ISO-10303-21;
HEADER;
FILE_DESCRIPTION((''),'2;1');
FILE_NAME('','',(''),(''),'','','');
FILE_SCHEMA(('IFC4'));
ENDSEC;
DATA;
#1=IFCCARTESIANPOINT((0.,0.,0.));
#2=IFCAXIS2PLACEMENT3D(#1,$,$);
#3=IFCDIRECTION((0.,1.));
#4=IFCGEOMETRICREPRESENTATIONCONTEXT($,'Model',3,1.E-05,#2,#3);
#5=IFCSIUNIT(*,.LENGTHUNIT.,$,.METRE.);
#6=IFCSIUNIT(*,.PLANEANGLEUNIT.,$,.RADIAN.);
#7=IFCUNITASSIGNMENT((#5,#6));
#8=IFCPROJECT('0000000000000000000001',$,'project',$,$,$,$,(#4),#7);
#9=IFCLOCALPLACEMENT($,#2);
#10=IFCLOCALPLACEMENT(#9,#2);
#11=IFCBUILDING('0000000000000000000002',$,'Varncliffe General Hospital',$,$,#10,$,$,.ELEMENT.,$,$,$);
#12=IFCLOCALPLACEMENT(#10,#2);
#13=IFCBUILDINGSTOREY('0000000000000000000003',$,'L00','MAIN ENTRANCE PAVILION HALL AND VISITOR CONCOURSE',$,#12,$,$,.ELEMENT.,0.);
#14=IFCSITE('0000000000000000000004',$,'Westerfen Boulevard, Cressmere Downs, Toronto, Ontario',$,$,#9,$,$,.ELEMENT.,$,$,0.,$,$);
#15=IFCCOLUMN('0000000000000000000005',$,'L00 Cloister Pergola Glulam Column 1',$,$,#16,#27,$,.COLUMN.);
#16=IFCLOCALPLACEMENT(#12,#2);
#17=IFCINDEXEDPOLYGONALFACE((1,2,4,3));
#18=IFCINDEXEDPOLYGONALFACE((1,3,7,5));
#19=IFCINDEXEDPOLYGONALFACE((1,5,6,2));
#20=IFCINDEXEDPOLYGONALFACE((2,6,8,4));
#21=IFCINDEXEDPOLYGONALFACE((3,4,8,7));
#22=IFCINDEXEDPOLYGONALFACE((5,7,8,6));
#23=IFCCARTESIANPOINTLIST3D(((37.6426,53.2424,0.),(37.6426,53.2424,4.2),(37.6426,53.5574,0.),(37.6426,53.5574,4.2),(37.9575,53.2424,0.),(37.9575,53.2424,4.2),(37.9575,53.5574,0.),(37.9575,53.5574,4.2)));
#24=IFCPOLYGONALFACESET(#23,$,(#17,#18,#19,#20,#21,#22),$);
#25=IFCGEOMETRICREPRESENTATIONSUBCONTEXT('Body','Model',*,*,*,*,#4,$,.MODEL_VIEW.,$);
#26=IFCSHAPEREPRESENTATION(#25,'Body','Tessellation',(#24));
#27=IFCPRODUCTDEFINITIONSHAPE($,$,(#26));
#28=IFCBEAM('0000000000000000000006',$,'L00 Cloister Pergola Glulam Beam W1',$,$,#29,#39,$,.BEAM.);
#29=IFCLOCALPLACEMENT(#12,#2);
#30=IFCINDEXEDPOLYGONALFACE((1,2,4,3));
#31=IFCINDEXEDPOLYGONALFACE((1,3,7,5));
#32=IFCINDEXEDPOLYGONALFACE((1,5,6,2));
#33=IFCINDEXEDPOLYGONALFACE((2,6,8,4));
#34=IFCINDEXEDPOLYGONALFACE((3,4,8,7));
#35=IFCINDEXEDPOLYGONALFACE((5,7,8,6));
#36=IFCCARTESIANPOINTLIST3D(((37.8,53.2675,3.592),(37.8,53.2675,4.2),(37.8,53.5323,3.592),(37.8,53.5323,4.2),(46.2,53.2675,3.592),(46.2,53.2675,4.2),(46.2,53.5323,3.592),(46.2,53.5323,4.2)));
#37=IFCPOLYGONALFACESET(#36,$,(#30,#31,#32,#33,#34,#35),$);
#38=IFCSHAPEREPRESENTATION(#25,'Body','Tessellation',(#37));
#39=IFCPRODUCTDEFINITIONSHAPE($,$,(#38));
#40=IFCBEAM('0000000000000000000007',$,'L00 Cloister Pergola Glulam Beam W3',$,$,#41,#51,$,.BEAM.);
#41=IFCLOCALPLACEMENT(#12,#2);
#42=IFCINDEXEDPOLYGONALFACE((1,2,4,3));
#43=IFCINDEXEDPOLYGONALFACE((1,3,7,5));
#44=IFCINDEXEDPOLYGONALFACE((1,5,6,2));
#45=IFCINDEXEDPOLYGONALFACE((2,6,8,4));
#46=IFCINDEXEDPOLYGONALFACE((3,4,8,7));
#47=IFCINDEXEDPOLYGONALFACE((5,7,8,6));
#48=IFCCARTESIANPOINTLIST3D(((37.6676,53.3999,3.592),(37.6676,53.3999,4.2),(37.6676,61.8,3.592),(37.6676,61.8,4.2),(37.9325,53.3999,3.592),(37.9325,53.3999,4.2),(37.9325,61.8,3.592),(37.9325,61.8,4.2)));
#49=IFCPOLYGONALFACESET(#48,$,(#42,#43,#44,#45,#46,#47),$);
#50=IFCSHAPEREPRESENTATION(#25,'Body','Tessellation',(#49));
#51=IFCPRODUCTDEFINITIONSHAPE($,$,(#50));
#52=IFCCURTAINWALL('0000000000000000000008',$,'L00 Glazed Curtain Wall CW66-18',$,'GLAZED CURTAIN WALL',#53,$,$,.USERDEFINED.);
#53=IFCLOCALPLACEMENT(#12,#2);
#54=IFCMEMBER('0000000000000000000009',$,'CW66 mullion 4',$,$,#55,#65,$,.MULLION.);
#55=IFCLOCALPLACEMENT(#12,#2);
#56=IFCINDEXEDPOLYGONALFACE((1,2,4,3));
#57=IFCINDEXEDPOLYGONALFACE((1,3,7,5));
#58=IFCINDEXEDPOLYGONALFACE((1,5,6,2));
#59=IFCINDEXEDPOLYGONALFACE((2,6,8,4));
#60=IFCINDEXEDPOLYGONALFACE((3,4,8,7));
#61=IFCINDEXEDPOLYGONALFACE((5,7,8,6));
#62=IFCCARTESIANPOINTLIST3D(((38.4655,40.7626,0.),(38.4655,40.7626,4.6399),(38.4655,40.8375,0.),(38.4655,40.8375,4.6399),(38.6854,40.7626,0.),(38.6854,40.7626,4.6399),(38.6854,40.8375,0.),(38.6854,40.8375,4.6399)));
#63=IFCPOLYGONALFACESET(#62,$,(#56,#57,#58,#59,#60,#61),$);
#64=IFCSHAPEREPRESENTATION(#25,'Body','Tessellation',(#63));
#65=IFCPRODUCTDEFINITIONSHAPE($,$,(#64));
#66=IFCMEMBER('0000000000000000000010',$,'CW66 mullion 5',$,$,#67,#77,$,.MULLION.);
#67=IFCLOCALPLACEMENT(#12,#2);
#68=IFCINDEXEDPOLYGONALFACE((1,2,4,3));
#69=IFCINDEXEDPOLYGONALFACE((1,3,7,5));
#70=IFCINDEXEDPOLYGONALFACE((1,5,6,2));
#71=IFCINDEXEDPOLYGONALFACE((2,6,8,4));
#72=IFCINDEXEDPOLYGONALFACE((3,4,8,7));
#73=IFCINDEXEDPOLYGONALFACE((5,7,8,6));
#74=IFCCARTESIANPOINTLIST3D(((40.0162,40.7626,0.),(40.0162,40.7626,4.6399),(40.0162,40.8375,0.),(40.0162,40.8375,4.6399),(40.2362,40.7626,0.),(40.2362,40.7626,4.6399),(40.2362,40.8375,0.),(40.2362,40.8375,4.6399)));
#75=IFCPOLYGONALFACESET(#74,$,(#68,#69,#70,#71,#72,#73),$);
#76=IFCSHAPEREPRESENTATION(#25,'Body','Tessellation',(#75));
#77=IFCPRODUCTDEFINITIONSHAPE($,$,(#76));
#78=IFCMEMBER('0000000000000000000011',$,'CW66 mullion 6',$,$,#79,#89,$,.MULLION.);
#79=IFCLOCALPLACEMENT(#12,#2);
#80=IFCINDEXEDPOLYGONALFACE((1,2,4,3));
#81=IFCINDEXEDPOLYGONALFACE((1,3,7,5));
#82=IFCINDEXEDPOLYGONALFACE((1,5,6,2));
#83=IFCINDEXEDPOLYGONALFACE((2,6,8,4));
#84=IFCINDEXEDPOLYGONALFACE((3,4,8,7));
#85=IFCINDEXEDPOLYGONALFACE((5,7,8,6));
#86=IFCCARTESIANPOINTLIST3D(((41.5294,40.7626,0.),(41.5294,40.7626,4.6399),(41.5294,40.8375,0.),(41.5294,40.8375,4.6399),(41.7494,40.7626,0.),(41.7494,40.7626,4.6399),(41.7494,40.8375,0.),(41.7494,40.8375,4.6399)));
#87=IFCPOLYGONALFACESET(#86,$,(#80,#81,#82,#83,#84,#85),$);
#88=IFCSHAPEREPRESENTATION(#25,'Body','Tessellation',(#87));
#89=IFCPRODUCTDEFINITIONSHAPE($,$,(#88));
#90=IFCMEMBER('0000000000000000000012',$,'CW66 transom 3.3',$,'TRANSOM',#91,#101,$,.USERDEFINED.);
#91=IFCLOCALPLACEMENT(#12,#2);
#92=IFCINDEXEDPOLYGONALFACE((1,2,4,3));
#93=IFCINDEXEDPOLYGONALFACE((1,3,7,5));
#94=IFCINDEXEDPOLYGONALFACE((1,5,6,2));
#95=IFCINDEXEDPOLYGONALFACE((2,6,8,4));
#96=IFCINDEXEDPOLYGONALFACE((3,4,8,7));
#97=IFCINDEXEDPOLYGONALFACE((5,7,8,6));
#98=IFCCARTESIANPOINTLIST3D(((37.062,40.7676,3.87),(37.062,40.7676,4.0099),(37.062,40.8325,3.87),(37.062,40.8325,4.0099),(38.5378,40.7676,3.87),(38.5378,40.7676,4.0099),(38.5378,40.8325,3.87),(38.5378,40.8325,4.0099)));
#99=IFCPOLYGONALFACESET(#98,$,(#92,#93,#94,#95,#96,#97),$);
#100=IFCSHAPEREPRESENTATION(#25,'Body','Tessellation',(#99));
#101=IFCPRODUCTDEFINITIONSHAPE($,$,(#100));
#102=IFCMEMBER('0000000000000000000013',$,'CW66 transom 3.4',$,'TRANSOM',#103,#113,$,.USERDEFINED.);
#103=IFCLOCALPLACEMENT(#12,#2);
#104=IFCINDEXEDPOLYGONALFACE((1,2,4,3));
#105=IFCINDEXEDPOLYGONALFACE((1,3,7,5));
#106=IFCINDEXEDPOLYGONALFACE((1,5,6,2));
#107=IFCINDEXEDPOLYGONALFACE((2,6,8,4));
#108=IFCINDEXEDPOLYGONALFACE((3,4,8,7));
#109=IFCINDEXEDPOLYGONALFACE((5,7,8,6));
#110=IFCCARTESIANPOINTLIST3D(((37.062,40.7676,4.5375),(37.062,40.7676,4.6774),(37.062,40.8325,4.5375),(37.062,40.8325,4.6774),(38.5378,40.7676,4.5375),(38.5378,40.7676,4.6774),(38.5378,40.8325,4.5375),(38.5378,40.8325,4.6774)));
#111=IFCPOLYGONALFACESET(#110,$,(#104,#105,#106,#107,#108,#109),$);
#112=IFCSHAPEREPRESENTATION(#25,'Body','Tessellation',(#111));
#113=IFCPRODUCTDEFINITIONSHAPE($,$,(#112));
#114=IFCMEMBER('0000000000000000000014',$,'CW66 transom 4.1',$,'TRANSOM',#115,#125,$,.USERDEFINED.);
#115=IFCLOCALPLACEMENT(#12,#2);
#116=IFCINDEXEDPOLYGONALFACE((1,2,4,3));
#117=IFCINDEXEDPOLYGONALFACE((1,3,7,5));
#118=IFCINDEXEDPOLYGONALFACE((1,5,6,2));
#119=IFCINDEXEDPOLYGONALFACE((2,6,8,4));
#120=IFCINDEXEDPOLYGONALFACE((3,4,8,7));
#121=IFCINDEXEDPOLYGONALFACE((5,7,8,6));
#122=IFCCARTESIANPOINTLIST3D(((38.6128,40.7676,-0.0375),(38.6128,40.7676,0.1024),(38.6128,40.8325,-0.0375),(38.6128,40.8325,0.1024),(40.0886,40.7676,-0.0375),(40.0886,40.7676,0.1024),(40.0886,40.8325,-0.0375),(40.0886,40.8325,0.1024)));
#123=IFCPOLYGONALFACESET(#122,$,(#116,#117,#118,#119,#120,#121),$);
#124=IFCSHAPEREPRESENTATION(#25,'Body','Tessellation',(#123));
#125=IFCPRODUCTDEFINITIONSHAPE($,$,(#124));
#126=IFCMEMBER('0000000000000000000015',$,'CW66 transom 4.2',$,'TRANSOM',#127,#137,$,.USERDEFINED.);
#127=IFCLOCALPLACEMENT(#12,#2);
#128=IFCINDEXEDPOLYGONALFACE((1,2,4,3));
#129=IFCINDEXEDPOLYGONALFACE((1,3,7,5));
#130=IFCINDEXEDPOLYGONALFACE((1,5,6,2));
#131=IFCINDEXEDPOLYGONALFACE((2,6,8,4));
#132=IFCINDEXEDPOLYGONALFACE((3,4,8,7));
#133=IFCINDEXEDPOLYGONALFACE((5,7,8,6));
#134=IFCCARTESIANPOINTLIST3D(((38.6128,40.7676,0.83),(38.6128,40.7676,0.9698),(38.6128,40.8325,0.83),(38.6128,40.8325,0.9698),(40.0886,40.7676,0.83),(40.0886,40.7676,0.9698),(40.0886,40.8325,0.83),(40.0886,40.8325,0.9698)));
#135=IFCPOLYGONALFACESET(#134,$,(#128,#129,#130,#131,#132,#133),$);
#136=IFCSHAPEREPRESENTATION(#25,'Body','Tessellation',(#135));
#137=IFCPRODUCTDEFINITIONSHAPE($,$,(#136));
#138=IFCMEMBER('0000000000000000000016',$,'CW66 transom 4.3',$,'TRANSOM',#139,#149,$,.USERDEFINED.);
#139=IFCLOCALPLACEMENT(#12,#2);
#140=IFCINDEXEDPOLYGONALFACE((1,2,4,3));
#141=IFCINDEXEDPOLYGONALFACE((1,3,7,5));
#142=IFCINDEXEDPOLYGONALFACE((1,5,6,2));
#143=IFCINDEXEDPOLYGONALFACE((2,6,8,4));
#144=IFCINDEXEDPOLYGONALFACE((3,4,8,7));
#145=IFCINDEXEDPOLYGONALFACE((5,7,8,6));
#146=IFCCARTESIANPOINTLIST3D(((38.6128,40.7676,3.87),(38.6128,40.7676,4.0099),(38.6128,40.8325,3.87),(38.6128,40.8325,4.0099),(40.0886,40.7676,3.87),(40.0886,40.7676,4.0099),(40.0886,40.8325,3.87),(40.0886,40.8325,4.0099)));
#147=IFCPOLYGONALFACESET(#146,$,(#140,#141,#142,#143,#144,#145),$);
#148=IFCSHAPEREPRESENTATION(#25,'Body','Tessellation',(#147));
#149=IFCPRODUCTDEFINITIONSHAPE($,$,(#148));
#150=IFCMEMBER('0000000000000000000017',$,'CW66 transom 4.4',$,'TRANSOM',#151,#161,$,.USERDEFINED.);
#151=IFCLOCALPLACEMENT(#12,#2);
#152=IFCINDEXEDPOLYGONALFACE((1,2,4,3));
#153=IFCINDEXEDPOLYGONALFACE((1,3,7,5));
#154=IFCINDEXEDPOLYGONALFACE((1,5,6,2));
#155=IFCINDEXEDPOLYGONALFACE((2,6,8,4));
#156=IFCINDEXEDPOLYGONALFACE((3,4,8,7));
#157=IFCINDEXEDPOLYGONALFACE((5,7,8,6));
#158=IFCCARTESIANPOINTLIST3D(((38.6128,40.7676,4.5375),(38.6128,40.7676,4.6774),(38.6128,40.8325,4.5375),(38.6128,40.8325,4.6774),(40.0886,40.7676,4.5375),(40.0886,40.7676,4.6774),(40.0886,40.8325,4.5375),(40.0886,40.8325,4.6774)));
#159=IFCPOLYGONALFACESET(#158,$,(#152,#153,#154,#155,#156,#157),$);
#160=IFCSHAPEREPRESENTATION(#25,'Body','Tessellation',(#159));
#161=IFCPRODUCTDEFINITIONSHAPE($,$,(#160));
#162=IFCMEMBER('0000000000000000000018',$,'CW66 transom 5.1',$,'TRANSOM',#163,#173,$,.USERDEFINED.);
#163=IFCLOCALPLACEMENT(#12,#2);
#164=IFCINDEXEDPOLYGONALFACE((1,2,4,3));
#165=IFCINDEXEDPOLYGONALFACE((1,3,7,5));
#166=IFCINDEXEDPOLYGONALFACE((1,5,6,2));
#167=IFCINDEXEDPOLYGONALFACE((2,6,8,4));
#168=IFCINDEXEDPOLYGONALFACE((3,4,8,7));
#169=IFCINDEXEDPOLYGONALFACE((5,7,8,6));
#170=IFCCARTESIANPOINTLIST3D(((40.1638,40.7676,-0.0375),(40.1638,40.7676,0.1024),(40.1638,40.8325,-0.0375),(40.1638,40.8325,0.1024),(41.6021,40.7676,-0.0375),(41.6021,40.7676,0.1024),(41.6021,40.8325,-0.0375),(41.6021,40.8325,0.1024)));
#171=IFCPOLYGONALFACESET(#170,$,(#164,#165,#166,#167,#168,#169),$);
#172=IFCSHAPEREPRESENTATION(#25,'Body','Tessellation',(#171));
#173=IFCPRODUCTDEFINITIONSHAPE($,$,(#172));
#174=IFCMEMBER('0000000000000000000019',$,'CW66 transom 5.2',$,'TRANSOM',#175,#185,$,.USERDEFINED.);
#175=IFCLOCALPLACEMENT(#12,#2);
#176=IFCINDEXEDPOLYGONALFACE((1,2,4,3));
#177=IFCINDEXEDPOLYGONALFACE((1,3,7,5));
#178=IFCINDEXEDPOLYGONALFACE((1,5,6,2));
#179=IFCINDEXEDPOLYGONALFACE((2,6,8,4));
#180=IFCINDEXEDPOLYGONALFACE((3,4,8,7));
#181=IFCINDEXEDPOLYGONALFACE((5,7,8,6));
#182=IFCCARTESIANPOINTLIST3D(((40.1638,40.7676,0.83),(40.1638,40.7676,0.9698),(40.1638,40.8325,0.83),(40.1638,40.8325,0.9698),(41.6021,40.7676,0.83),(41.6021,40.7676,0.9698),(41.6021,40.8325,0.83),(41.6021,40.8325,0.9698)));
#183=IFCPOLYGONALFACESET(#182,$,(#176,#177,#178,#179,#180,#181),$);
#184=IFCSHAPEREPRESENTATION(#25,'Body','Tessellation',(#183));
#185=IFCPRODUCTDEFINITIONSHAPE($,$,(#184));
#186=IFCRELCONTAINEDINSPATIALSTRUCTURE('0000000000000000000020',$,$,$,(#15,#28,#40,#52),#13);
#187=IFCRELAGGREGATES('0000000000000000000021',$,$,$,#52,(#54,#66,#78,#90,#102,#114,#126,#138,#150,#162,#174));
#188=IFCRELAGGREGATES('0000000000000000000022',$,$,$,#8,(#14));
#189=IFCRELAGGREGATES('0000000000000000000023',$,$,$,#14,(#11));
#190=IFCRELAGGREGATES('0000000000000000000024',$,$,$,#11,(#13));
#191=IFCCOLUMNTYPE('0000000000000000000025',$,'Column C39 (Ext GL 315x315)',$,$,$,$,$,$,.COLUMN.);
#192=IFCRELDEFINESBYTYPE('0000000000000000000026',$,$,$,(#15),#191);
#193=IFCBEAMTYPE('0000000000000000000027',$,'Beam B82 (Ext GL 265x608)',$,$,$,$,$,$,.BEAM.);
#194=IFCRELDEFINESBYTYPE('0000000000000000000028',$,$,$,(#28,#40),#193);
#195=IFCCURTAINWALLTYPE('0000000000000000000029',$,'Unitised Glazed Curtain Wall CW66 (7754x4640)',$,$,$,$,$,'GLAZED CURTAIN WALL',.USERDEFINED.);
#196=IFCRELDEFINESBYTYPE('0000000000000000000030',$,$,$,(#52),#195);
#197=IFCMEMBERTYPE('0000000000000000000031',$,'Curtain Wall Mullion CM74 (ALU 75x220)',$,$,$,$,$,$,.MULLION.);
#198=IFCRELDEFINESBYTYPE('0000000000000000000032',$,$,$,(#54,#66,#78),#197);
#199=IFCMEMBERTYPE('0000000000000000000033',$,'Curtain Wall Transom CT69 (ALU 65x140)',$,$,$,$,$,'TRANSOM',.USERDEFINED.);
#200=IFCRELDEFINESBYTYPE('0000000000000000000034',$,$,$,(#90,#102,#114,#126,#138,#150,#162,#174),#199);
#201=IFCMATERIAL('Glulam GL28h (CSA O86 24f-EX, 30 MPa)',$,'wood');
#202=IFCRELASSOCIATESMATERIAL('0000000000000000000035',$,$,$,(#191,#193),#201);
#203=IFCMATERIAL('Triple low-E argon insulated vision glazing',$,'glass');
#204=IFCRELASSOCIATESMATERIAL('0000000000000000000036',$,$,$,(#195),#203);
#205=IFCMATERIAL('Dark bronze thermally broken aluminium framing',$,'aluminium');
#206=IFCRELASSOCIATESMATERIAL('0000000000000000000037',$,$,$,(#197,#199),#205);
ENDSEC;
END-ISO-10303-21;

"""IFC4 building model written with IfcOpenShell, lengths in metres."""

from ifc_helpers import new_model, si_unit, direction, frame, origin, origin_2d, place, context, subcontext, project, spatial, rectangle, extrude, material, material_profile, profile_set, type_object, element, aggregate, save


model = new_model("IFC4")

# Units and contexts
model_context = context("Model", 3, precision=1e-05, world=origin(), true_north=direction((0.0, 1.0)))
body_context = subcontext(model_context, "Body", "Model", "MODEL_VIEW")
ifc_project = project(units=[si_unit("LENGTHUNIT", "METRE"), si_unit("PLANEANGLEUNIT", "RADIAN")], contexts=[model_context])

# Site, building, storey
site_placement = place(None, origin())
site = spatial("IfcSite", under=ifc_project, at=site_placement, Name="Westerfen Boulevard, Cressmere Downs, Toronto, Ontario", CompositionType="ELEMENT", RefElevation=0.0)
building_placement = place(site_placement, origin())
building = spatial("IfcBuilding", under=site, at=building_placement, Name="Varncliffe General Hospital", CompositionType="ELEMENT")
storey_placement = place(building_placement, origin())
storey = spatial("IfcBuildingStorey", under=building, at=storey_placement, Name="L00", Description="MAIN ENTRANCE PAVILION HALL AND VISITOR CONCOURSE", CompositionType="ELEMENT", Elevation=0.0)

# Column
ifc_material_1 = material(Name="Glulam GL28h (CSA O86 24f-EX, 30 MPa)", Category="wood")
ifc_material_profile_1 = material_profile(ifc_material_1, rectangle(XDim=0.3149, YDim=0.3149, at=origin_2d()), Name="GL 315x315")
ifc_profile_set_1 = profile_set([ifc_material_profile_1], Name="Glulam GL28h (CSA O86 24f-EX, 30 MPa)")
column_type = type_object("IfcColumnType", Name="Column C39 (Ext GL 315x315)", PredefinedType="COLUMN", material=ifc_profile_set_1)
column_placement = place(storey_placement, frame((37.8, 53.3999, 0.0), z_axis=(0.0, 0.0, 1.0), x_axis=(1.0, 0.0, 0.0)))
element("IfcColumn", 1, at=column_placement, inside=storey, type_object=column_type, Name="L00 Cloister Pergola Glulam Column 1", PredefinedType="COLUMN", context=body_context, shape_type="SweptSolid", body=[
    extrude(rectangle(XDim=0.3149, YDim=0.3149, at=origin_2d()), origin(), (0.0, 0.0, 1.0), 4.2),
])

# Beams
ifc_material_profile_2 = material_profile(ifc_material_1, rectangle(XDim=0.2649, YDim=0.6079, at=origin_2d()), Name="GL 265x608")
ifc_profile_set_2 = profile_set([ifc_material_profile_2], Name="Glulam GL28h (CSA O86 24f-EX, 30 MPa)")
beam_type = type_object("IfcBeamType", Name="Beam B82 (Ext GL 265x608)", PredefinedType="BEAM", material=ifc_profile_set_2)
beam_1_placement = place(storey_placement, frame((37.8, 53.3999, 3.896), z_axis=(1.0, 0.0, 0.0), x_axis=(0.0, 1.0, 0.0)))
element("IfcBeam", 2, at=beam_1_placement, inside=storey, type_object=beam_type, Name="L00 Cloister Pergola Glulam Beam W1", PredefinedType="BEAM", context=body_context, shape_type="SweptSolid", body=[
    extrude(rectangle(XDim=0.2649, YDim=0.6079, at=origin_2d()), origin(), (0.0, 0.0, 1.0), 8.3999),
])
beam_2_placement = place(storey_placement, frame((37.8, 53.3999, 3.896), z_axis=(0.0, 1.0, 0.0), x_axis=(-1.0, 0.0, 0.0)))
element("IfcBeam", 3, at=beam_2_placement, inside=storey, type_object=beam_type, Name="L00 Cloister Pergola Glulam Beam W3", PredefinedType="BEAM", context=body_context, shape_type="SweptSolid", body=[
    extrude(rectangle(XDim=0.2649, YDim=0.6079, at=origin_2d()), origin(), (0.0, 0.0, 1.0), 8.4001),
])

# Curtain wall, members
ifc_material_2 = material(Name="Triple low-E argon insulated vision glazing", Category="glass")
curtain_wall_type = type_object("IfcCurtainWallType", Name="Unitised Glazed Curtain Wall CW66 (7754x4640)", ElementType="GLAZED CURTAIN WALL", PredefinedType="USERDEFINED", material=ifc_material_2)
curtain_wall_placement = place(storey_placement, origin())
curtain_wall = element("IfcCurtainWall", 4, at=curtain_wall_placement, inside=storey, type_object=curtain_wall_type, Name="L00 Glazed Curtain Wall CW66-18", ObjectType="GLAZED CURTAIN WALL", PredefinedType="USERDEFINED")
ifc_material_3 = material(Name="Dark bronze thermally broken aluminium framing", Category="aluminium")
ifc_material_profile_3 = material_profile(ifc_material_3, rectangle(XDim=0.075, YDim=0.22, at=origin_2d()), Name="ALU 75x220")
ifc_profile_set_3 = profile_set([ifc_material_profile_3], Name="Dark bronze thermally broken aluminium framing")
member_type_1 = type_object("IfcMemberType", Name="Curtain Wall Mullion CM74 (ALU 75x220)", PredefinedType="MULLION", material=ifc_profile_set_3)
member_1_placement = place(storey_placement, frame((38.5754, 40.8, 0.0), z_axis=(0.0, 0.0, 1.0), x_axis=(0.0, 1.0, 0.0)))
member_1 = element("IfcMember", 5, at=member_1_placement, type_object=member_type_1, Name="CW66 mullion 4", PredefinedType="MULLION", context=body_context, shape_type="SweptSolid", body=[
    extrude(rectangle(XDim=0.075, YDim=0.22, at=origin_2d()), origin(), (0.0, 0.0, 1.0), 4.6399),
])
member_2_placement = place(storey_placement, frame((40.1262, 40.8, 0.0), z_axis=(0.0, 0.0, 1.0), x_axis=(0.0, 1.0, 0.0)))
member_2 = element("IfcMember", 6, at=member_2_placement, type_object=member_type_1, Name="CW66 mullion 5", PredefinedType="MULLION", context=body_context, shape_type="SweptSolid", body=[
    extrude(rectangle(XDim=0.075, YDim=0.22, at=origin_2d()), origin(), (0.0, 0.0, 1.0), 4.6399),
])
member_3_placement = place(storey_placement, frame((41.6394, 40.8, 0.0), z_axis=(0.0, 0.0, 1.0), x_axis=(0.0, 1.0, 0.0)))
member_3 = element("IfcMember", 7, at=member_3_placement, type_object=member_type_1, Name="CW66 mullion 6", PredefinedType="MULLION", context=body_context, shape_type="SweptSolid", body=[
    extrude(rectangle(XDim=0.075, YDim=0.22, at=origin_2d()), origin(), (0.0, 0.0, 1.0), 4.6399),
])
ifc_material_profile_4 = material_profile(ifc_material_3, rectangle(XDim=0.0649, YDim=0.1399, at=origin_2d()), Name="ALU 65x140")
ifc_profile_set_4 = profile_set([ifc_material_profile_4], Name="Dark bronze thermally broken aluminium framing")
member_type_2 = type_object("IfcMemberType", Name="Curtain Wall Transom CT69 (ALU 65x140)", ElementType="TRANSOM", PredefinedType="USERDEFINED", material=ifc_profile_set_4)
member_4_placement = place(storey_placement, frame((37.062, 40.8, 3.9399), z_axis=(1.0, 0.0, 0.0), x_axis=(0.0, 1.0, 0.0)))
member_4 = element("IfcMember", 8, at=member_4_placement, type_object=member_type_2, Name="CW66 transom 3.3", ObjectType="TRANSOM", PredefinedType="USERDEFINED", context=body_context, shape_type="SweptSolid", body=[
    extrude(rectangle(XDim=0.0649, YDim=0.1399, at=origin_2d()), origin(), (0.0, 0.0, 1.0), 1.4758),
])
member_5_placement = place(storey_placement, frame((37.062, 40.8, 4.6074), z_axis=(1.0, 0.0, 0.0), x_axis=(0.0, 1.0, 0.0)))
member_5 = element("IfcMember", 9, at=member_5_placement, type_object=member_type_2, Name="CW66 transom 3.4", ObjectType="TRANSOM", PredefinedType="USERDEFINED", context=body_context, shape_type="SweptSolid", body=[
    extrude(rectangle(XDim=0.0649, YDim=0.1399, at=origin_2d()), origin(), (0.0, 0.0, 1.0), 1.4758),
])
member_6_placement = place(storey_placement, frame((38.6128, 40.8, 0.0325), z_axis=(1.0, 0.0, 0.0), x_axis=(0.0, 1.0, 0.0)))
member_6 = element("IfcMember", 10, at=member_6_placement, type_object=member_type_2, Name="CW66 transom 4.1", ObjectType="TRANSOM", PredefinedType="USERDEFINED", context=body_context, shape_type="SweptSolid", body=[
    extrude(rectangle(XDim=0.0649, YDim=0.1399, at=origin_2d()), origin(), (0.0, 0.0, 1.0), 1.4758),
])
member_7_placement = place(storey_placement, frame((38.6128, 40.8, 0.8999), z_axis=(1.0, 0.0, 0.0), x_axis=(0.0, 1.0, 0.0)))
member_7 = element("IfcMember", 11, at=member_7_placement, type_object=member_type_2, Name="CW66 transom 4.2", ObjectType="TRANSOM", PredefinedType="USERDEFINED", context=body_context, shape_type="SweptSolid", body=[
    extrude(rectangle(XDim=0.0649, YDim=0.1399, at=origin_2d()), origin(), (0.0, 0.0, 1.0), 1.4758),
])
member_8_placement = place(storey_placement, frame((38.6128, 40.8, 3.9399), z_axis=(1.0, 0.0, 0.0), x_axis=(0.0, 1.0, 0.0)))
member_8 = element("IfcMember", 12, at=member_8_placement, type_object=member_type_2, Name="CW66 transom 4.3", ObjectType="TRANSOM", PredefinedType="USERDEFINED", context=body_context, shape_type="SweptSolid", body=[
    extrude(rectangle(XDim=0.0649, YDim=0.1399, at=origin_2d()), origin(), (0.0, 0.0, 1.0), 1.4758),
])
member_9_placement = place(storey_placement, frame((38.6128, 40.8, 4.6074), z_axis=(1.0, 0.0, 0.0), x_axis=(0.0, 1.0, 0.0)))
member_9 = element("IfcMember", 13, at=member_9_placement, type_object=member_type_2, Name="CW66 transom 4.4", ObjectType="TRANSOM", PredefinedType="USERDEFINED", context=body_context, shape_type="SweptSolid", body=[
    extrude(rectangle(XDim=0.0649, YDim=0.1399, at=origin_2d()), origin(), (0.0, 0.0, 1.0), 1.4758),
])
member_10_placement = place(storey_placement, frame((40.1638, 40.8, 0.0325), z_axis=(1.0, 0.0, 0.0), x_axis=(0.0, 1.0, 0.0)))
member_10 = element("IfcMember", 14, at=member_10_placement, type_object=member_type_2, Name="CW66 transom 5.1", ObjectType="TRANSOM", PredefinedType="USERDEFINED", context=body_context, shape_type="SweptSolid", body=[
    extrude(rectangle(XDim=0.0649, YDim=0.1399, at=origin_2d()), origin(), (0.0, 0.0, 1.0), 1.4382),
])
member_11_placement = place(storey_placement, frame((40.1638, 40.8, 0.8999), z_axis=(1.0, 0.0, 0.0), x_axis=(0.0, 1.0, 0.0)))
member_11 = element("IfcMember", 15, at=member_11_placement, type_object=member_type_2, Name="CW66 transom 5.2", ObjectType="TRANSOM", PredefinedType="USERDEFINED", context=body_context, shape_type="SweptSolid", body=[
    extrude(rectangle(XDim=0.0649, YDim=0.1399, at=origin_2d()), origin(), (0.0, 0.0, 1.0), 1.4382),
])
aggregate(curtain_wall, [member_1, member_2, member_3, member_4, member_5, member_6, member_7, member_8, member_9, member_10, member_11])

save(model, "model.ifc")
